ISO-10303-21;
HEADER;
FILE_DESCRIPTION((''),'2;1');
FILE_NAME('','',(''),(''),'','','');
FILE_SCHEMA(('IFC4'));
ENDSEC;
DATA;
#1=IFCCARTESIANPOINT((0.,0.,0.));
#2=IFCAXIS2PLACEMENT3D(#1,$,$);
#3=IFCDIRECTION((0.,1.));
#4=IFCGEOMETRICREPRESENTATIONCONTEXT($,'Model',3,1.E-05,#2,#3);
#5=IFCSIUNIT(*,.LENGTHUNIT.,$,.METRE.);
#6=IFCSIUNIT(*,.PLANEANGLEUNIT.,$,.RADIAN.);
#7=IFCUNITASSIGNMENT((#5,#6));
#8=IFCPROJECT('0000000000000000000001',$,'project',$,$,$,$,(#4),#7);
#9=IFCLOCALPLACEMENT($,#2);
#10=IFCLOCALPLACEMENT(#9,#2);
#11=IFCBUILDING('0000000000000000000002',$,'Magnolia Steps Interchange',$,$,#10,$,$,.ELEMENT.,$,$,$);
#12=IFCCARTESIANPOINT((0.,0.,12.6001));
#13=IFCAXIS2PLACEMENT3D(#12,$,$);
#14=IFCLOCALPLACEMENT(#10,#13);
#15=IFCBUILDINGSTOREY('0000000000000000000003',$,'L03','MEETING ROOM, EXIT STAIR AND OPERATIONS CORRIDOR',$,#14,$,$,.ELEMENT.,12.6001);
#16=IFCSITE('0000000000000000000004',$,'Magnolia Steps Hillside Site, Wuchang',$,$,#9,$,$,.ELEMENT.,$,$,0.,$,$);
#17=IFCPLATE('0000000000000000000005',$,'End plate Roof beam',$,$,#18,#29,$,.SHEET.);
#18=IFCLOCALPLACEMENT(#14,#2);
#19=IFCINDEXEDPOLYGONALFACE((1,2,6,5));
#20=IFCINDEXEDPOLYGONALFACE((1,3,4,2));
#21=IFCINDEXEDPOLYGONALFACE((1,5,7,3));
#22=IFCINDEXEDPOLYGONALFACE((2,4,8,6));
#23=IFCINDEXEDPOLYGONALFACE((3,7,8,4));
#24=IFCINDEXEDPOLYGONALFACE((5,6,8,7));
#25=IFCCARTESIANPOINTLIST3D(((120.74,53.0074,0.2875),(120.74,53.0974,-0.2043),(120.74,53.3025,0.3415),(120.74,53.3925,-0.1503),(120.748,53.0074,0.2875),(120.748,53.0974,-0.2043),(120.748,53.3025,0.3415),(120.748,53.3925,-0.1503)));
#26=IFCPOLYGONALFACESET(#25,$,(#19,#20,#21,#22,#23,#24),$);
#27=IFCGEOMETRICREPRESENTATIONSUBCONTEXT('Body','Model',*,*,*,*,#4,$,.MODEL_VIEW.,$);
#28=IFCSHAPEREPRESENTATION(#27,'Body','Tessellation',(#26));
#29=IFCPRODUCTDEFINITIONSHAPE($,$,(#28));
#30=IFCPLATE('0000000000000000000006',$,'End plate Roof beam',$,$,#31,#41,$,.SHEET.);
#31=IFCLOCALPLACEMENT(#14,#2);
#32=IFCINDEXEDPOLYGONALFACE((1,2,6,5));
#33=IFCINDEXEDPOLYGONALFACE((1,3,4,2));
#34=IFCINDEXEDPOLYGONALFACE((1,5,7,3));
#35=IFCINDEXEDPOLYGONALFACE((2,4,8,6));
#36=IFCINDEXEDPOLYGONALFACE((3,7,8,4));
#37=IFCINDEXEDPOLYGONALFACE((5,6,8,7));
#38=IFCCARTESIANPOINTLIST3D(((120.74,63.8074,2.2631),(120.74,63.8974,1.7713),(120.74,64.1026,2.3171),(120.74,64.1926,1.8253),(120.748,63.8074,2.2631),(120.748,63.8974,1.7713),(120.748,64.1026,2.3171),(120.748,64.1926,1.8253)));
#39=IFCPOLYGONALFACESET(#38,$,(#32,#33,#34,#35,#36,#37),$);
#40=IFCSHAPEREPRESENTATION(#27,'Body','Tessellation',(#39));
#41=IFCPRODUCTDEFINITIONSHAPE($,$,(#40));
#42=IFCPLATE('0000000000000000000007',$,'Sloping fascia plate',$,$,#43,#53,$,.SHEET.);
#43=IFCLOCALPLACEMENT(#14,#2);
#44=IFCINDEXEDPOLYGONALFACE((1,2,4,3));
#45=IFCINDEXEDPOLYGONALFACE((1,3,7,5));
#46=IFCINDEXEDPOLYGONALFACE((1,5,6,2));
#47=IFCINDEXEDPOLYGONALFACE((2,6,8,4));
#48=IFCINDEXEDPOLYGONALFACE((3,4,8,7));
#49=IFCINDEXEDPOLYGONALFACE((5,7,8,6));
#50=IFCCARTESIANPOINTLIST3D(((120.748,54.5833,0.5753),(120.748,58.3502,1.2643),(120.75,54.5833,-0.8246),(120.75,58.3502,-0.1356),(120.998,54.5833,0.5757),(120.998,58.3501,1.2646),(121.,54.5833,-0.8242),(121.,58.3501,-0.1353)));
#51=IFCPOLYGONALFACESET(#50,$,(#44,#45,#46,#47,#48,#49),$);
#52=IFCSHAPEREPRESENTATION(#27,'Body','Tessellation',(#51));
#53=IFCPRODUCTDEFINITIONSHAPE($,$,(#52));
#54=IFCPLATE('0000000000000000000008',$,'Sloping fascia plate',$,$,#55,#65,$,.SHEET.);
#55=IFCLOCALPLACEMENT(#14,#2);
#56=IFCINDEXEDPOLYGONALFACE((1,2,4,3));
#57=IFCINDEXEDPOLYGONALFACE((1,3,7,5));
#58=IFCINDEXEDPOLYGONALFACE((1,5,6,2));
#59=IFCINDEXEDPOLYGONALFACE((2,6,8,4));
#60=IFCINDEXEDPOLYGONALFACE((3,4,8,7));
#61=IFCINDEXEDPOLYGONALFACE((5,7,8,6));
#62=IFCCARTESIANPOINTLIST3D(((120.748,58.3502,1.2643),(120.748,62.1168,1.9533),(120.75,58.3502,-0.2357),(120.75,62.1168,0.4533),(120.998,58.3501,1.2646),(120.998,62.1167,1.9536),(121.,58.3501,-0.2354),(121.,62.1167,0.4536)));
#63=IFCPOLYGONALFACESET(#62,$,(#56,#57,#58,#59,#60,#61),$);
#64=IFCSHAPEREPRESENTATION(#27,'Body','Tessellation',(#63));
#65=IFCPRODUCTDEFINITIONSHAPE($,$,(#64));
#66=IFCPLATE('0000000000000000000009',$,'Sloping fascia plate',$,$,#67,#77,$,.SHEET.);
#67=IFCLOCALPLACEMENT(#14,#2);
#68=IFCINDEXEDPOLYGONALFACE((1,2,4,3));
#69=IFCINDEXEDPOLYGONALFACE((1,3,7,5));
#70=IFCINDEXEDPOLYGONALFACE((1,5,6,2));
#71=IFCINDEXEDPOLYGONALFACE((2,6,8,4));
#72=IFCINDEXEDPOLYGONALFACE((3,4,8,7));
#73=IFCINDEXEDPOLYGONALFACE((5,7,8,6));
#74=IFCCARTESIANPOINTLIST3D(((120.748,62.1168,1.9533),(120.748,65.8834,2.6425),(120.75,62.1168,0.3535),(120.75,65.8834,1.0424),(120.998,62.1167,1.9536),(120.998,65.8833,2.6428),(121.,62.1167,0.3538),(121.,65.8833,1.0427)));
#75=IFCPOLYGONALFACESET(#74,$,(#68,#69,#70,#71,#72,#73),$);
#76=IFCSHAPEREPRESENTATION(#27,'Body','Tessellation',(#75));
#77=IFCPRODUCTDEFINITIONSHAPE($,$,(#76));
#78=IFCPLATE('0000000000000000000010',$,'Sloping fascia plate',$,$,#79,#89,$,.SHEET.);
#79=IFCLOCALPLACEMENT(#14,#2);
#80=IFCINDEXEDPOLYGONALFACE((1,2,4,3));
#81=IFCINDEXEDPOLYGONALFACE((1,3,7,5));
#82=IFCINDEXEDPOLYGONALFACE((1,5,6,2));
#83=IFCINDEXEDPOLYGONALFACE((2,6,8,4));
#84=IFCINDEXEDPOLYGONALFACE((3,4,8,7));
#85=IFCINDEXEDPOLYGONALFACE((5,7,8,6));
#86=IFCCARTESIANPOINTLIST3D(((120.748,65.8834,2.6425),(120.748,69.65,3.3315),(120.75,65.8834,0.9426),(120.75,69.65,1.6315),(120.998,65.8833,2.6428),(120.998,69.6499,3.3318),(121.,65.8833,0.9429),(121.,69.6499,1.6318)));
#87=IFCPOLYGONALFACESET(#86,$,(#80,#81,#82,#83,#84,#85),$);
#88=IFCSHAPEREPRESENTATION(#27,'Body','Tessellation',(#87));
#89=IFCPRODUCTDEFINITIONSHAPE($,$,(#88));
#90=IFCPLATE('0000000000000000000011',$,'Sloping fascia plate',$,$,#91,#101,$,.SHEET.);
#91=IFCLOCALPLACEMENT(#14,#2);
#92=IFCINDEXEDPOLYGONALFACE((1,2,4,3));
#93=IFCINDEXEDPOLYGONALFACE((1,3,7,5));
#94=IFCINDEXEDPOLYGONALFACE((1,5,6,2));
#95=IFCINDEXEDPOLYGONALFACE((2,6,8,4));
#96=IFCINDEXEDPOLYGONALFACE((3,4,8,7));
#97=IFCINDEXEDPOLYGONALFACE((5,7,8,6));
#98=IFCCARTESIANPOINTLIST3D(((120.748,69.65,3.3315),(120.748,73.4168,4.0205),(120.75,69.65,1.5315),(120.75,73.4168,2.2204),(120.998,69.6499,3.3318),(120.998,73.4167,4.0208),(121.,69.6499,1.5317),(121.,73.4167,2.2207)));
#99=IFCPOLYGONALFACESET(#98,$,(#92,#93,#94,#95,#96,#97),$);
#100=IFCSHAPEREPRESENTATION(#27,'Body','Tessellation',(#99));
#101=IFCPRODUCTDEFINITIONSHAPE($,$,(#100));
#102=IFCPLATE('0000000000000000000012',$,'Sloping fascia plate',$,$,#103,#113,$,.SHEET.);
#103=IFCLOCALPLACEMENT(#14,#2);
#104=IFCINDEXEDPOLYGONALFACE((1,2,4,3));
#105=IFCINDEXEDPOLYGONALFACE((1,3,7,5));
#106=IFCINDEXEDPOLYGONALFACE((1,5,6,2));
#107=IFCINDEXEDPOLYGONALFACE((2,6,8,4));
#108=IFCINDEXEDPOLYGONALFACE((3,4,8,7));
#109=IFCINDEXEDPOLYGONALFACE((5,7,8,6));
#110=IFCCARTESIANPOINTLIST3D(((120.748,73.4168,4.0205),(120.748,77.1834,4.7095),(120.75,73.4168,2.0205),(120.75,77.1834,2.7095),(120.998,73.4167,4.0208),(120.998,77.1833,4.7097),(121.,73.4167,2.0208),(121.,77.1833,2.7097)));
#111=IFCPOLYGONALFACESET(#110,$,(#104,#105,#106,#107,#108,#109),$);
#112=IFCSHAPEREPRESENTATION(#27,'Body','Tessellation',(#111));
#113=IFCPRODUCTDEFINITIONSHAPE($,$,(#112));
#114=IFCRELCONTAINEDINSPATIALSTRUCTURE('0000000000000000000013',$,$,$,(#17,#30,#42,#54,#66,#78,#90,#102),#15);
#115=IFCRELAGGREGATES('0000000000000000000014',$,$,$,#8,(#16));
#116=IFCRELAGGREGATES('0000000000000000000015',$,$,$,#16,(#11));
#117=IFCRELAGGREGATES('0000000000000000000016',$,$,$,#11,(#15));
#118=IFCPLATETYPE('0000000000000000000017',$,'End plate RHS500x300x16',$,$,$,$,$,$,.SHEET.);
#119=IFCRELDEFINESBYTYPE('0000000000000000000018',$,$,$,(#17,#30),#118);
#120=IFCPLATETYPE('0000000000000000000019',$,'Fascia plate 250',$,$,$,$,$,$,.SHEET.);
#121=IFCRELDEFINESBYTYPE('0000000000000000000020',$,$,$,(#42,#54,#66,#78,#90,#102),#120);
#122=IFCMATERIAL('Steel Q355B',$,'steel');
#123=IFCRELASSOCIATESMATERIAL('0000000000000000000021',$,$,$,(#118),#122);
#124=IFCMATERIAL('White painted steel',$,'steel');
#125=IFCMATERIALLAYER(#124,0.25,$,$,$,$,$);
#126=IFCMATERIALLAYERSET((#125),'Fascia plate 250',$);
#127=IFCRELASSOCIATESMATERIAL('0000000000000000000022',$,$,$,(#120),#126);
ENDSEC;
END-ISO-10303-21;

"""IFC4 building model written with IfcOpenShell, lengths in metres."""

from ifc_helpers import new_model, si_unit, direction, frame, origin, origin_2d, place, context, subcontext, project, spatial, polyline, rectangle, outline, extrude, material, layer, layer_set, material_profile, profile_set, type_object, element, save


model = new_model("IFC4")

# Units and contexts
model_context = context("Model", 3, precision=1e-05, world=origin(), true_north=direction((0.0, 1.0)))
body_context = subcontext(model_context, "Body", "Model", "MODEL_VIEW")
ifc_project = project(units=[si_unit("LENGTHUNIT", "METRE"), si_unit("PLANEANGLEUNIT", "RADIAN")], contexts=[model_context])

# Site, building, storey
site_placement = place(None, origin())
site = spatial("IfcSite", under=ifc_project, at=site_placement, Name="Magnolia Steps Hillside Site, Wuchang", CompositionType="ELEMENT", RefElevation=0.0)
building_placement = place(site_placement, origin())
building = spatial("IfcBuilding", under=site, at=building_placement, Name="Magnolia Steps Interchange", CompositionType="ELEMENT")
storey_placement = place(building_placement, frame((0.0, 0.0, 12.6001)))
storey = spatial("IfcBuildingStorey", under=building, at=storey_placement, Name="L03", Description="MEETING ROOM, EXIT STAIR AND OPERATIONS CORRIDOR", CompositionType="ELEMENT", Elevation=12.6001)

# Plates
ifc_material_1 = material(Name="Steel Q355B", Category="steel")
ifc_material_profile_1 = material_profile(ifc_material_1, rectangle(XDim=0.3, YDim=0.5, at=origin_2d()), Name="End plate RHS500x300x16")
ifc_profile_set_1 = profile_set([ifc_material_profile_1], Name="Steel Q355B")
plate_type_1 = type_object("IfcPlateType", Name="End plate RHS500x300x16", PredefinedType="SHEET", material=ifc_profile_set_1)
for number, where, z_axis, x_axis, name in (
    (1, (120.74, 53.2, 0.0686), (1.0, 0.0, 0.0), (0.0, 0.983677, 0.179941), "End plate Roof beam"),
    (2, (120.74, 64.0, 2.0442), (1.0, 0.0, 0.0), (0.0, 0.983677, 0.179941), "End plate Roof beam"),
):
    element("IfcPlate", number, at=place(storey_placement, frame(where, z_axis=z_axis, x_axis=x_axis)), inside=storey, type_object=plate_type_1, Name=name, PredefinedType="SHEET", context=body_context, shape_type="SweptSolid", body=[
        extrude(rectangle(XDim=0.3, YDim=0.5, at=origin_2d()), origin(), (0.0, 0.0, 1.0), 0.0081),
    ])
ifc_material_2 = material(Name="White painted steel", Category="steel")
ifc_layer_1 = layer(ifc_material_2, 0.25)
ifc_layer_set_1 = layer_set([ifc_layer_1], Name="Fascia plate 250")
plate_type_2 = type_object("IfcPlateType", Name="Fascia plate 250", PredefinedType="SHEET", material=ifc_layer_set_1)
plate_1_placement = place(storey_placement, frame((121.0, 54.5833, -0.8242), z_axis=(0.999999, -0.000255, 0.001395), x_axis=(0.0, 0.983682, 0.179918)))
element("IfcPlate", 3, at=plate_1_placement, inside=storey, type_object=plate_type_2, Name="Sloping fascia plate", PredefinedType="SHEET", context=body_context, shape_type="SweptSolid", body=[
    extrude(outline(polyline([(0.0, 0.0), (3.8293, 0.0), (4.0812, 1.3771), (0.2519, 1.3771), (0.0, 0.0)])), origin(), (0.0, 0.0, -1.0), 0.25),
])
plate_2_placement = place(storey_placement, frame((121.0, 58.3501, -0.2354), z_axis=(0.999999, -0.000238, 0.001302), x_axis=(0.0, 0.98368, 0.179929)))
element("IfcPlate", 4, at=plate_2_placement, inside=storey, type_object=plate_type_2, Name="Sloping fascia plate", PredefinedType="SHEET", context=body_context, shape_type="SweptSolid", body=[
    extrude(outline(polyline([(0.0, 0.0), (3.8291, 0.0), (4.099, 1.4755), (0.2699, 1.4755), (0.0, 0.0)])), origin(), (0.0, 0.0, -1.0), 0.25),
])
plate_3_placement = place(storey_placement, frame((121.0, 62.1167, 0.3538), z_axis=(0.999999, -0.000223, 0.001221), x_axis=(0.0, 0.98368, 0.179929)))
element("IfcPlate", 5, at=plate_3_placement, inside=storey, type_object=plate_type_2, Name="Sloping fascia plate", PredefinedType="SHEET", context=body_context, shape_type="SweptSolid", body=[
    extrude(outline(polyline([(0.0, 0.0), (3.8291, 0.0), (4.117, 1.574), (0.2879, 1.5737), (0.0, 0.0)])), origin(), (0.0, 0.0, -1.0), 0.25),
])
plate_4_placement = place(storey_placement, frame((121.0, 65.8833, 0.9429), z_axis=(0.999999, -0.00021, 0.001149), x_axis=(0.0, 0.98368, 0.179929)))
element("IfcPlate", 6, at=plate_4_placement, inside=storey, type_object=plate_type_2, Name="Sloping fascia plate", PredefinedType="SHEET", context=body_context, shape_type="SweptSolid", body=[
    extrude(outline(polyline([(0.0, 0.0), (3.8291, 0.0), (4.135, 1.6722), (0.3059, 1.6722), (0.0, 0.0)])), origin(), (0.0, 0.0, -1.0), 0.25),
])
plate_5_placement = place(storey_placement, frame((121.0, 69.6499, 1.5317), z_axis=(0.999999, -0.000198, 0.001085), x_axis=(0.0, 0.983682, 0.179918)))
element("IfcPlate", 7, at=plate_5_placement, inside=storey, type_object=plate_type_2, Name="Sloping fascia plate", PredefinedType="SHEET", context=body_context, shape_type="SweptSolid", body=[
    extrude(outline(polyline([(0.0, 0.0), (3.8293, 0.0), (4.1532, 1.7707), (0.3239, 1.7707), (0.0, 0.0)])), origin(), (0.0, 0.0, -1.0), 0.25),
])
plate_6_placement = place(storey_placement, frame((121.0, 73.4167, 2.0208), z_axis=(1.0, -0.000179, 0.000977), x_axis=(0.0, 0.98368, 0.179929)))
element("IfcPlate", 8, at=plate_6_placement, inside=storey, type_object=plate_type_2, Name="Sloping fascia plate", PredefinedType="SHEET", context=body_context, shape_type="SweptSolid", body=[
    extrude(outline(polyline([(0.0, 0.0), (3.8291, 0.0), (4.189, 1.9674), (0.3599, 1.9674), (0.0, 0.0)])), origin(), (0.0, 0.0, -1.0), 0.25),
])

save(model, "model.ifc")
